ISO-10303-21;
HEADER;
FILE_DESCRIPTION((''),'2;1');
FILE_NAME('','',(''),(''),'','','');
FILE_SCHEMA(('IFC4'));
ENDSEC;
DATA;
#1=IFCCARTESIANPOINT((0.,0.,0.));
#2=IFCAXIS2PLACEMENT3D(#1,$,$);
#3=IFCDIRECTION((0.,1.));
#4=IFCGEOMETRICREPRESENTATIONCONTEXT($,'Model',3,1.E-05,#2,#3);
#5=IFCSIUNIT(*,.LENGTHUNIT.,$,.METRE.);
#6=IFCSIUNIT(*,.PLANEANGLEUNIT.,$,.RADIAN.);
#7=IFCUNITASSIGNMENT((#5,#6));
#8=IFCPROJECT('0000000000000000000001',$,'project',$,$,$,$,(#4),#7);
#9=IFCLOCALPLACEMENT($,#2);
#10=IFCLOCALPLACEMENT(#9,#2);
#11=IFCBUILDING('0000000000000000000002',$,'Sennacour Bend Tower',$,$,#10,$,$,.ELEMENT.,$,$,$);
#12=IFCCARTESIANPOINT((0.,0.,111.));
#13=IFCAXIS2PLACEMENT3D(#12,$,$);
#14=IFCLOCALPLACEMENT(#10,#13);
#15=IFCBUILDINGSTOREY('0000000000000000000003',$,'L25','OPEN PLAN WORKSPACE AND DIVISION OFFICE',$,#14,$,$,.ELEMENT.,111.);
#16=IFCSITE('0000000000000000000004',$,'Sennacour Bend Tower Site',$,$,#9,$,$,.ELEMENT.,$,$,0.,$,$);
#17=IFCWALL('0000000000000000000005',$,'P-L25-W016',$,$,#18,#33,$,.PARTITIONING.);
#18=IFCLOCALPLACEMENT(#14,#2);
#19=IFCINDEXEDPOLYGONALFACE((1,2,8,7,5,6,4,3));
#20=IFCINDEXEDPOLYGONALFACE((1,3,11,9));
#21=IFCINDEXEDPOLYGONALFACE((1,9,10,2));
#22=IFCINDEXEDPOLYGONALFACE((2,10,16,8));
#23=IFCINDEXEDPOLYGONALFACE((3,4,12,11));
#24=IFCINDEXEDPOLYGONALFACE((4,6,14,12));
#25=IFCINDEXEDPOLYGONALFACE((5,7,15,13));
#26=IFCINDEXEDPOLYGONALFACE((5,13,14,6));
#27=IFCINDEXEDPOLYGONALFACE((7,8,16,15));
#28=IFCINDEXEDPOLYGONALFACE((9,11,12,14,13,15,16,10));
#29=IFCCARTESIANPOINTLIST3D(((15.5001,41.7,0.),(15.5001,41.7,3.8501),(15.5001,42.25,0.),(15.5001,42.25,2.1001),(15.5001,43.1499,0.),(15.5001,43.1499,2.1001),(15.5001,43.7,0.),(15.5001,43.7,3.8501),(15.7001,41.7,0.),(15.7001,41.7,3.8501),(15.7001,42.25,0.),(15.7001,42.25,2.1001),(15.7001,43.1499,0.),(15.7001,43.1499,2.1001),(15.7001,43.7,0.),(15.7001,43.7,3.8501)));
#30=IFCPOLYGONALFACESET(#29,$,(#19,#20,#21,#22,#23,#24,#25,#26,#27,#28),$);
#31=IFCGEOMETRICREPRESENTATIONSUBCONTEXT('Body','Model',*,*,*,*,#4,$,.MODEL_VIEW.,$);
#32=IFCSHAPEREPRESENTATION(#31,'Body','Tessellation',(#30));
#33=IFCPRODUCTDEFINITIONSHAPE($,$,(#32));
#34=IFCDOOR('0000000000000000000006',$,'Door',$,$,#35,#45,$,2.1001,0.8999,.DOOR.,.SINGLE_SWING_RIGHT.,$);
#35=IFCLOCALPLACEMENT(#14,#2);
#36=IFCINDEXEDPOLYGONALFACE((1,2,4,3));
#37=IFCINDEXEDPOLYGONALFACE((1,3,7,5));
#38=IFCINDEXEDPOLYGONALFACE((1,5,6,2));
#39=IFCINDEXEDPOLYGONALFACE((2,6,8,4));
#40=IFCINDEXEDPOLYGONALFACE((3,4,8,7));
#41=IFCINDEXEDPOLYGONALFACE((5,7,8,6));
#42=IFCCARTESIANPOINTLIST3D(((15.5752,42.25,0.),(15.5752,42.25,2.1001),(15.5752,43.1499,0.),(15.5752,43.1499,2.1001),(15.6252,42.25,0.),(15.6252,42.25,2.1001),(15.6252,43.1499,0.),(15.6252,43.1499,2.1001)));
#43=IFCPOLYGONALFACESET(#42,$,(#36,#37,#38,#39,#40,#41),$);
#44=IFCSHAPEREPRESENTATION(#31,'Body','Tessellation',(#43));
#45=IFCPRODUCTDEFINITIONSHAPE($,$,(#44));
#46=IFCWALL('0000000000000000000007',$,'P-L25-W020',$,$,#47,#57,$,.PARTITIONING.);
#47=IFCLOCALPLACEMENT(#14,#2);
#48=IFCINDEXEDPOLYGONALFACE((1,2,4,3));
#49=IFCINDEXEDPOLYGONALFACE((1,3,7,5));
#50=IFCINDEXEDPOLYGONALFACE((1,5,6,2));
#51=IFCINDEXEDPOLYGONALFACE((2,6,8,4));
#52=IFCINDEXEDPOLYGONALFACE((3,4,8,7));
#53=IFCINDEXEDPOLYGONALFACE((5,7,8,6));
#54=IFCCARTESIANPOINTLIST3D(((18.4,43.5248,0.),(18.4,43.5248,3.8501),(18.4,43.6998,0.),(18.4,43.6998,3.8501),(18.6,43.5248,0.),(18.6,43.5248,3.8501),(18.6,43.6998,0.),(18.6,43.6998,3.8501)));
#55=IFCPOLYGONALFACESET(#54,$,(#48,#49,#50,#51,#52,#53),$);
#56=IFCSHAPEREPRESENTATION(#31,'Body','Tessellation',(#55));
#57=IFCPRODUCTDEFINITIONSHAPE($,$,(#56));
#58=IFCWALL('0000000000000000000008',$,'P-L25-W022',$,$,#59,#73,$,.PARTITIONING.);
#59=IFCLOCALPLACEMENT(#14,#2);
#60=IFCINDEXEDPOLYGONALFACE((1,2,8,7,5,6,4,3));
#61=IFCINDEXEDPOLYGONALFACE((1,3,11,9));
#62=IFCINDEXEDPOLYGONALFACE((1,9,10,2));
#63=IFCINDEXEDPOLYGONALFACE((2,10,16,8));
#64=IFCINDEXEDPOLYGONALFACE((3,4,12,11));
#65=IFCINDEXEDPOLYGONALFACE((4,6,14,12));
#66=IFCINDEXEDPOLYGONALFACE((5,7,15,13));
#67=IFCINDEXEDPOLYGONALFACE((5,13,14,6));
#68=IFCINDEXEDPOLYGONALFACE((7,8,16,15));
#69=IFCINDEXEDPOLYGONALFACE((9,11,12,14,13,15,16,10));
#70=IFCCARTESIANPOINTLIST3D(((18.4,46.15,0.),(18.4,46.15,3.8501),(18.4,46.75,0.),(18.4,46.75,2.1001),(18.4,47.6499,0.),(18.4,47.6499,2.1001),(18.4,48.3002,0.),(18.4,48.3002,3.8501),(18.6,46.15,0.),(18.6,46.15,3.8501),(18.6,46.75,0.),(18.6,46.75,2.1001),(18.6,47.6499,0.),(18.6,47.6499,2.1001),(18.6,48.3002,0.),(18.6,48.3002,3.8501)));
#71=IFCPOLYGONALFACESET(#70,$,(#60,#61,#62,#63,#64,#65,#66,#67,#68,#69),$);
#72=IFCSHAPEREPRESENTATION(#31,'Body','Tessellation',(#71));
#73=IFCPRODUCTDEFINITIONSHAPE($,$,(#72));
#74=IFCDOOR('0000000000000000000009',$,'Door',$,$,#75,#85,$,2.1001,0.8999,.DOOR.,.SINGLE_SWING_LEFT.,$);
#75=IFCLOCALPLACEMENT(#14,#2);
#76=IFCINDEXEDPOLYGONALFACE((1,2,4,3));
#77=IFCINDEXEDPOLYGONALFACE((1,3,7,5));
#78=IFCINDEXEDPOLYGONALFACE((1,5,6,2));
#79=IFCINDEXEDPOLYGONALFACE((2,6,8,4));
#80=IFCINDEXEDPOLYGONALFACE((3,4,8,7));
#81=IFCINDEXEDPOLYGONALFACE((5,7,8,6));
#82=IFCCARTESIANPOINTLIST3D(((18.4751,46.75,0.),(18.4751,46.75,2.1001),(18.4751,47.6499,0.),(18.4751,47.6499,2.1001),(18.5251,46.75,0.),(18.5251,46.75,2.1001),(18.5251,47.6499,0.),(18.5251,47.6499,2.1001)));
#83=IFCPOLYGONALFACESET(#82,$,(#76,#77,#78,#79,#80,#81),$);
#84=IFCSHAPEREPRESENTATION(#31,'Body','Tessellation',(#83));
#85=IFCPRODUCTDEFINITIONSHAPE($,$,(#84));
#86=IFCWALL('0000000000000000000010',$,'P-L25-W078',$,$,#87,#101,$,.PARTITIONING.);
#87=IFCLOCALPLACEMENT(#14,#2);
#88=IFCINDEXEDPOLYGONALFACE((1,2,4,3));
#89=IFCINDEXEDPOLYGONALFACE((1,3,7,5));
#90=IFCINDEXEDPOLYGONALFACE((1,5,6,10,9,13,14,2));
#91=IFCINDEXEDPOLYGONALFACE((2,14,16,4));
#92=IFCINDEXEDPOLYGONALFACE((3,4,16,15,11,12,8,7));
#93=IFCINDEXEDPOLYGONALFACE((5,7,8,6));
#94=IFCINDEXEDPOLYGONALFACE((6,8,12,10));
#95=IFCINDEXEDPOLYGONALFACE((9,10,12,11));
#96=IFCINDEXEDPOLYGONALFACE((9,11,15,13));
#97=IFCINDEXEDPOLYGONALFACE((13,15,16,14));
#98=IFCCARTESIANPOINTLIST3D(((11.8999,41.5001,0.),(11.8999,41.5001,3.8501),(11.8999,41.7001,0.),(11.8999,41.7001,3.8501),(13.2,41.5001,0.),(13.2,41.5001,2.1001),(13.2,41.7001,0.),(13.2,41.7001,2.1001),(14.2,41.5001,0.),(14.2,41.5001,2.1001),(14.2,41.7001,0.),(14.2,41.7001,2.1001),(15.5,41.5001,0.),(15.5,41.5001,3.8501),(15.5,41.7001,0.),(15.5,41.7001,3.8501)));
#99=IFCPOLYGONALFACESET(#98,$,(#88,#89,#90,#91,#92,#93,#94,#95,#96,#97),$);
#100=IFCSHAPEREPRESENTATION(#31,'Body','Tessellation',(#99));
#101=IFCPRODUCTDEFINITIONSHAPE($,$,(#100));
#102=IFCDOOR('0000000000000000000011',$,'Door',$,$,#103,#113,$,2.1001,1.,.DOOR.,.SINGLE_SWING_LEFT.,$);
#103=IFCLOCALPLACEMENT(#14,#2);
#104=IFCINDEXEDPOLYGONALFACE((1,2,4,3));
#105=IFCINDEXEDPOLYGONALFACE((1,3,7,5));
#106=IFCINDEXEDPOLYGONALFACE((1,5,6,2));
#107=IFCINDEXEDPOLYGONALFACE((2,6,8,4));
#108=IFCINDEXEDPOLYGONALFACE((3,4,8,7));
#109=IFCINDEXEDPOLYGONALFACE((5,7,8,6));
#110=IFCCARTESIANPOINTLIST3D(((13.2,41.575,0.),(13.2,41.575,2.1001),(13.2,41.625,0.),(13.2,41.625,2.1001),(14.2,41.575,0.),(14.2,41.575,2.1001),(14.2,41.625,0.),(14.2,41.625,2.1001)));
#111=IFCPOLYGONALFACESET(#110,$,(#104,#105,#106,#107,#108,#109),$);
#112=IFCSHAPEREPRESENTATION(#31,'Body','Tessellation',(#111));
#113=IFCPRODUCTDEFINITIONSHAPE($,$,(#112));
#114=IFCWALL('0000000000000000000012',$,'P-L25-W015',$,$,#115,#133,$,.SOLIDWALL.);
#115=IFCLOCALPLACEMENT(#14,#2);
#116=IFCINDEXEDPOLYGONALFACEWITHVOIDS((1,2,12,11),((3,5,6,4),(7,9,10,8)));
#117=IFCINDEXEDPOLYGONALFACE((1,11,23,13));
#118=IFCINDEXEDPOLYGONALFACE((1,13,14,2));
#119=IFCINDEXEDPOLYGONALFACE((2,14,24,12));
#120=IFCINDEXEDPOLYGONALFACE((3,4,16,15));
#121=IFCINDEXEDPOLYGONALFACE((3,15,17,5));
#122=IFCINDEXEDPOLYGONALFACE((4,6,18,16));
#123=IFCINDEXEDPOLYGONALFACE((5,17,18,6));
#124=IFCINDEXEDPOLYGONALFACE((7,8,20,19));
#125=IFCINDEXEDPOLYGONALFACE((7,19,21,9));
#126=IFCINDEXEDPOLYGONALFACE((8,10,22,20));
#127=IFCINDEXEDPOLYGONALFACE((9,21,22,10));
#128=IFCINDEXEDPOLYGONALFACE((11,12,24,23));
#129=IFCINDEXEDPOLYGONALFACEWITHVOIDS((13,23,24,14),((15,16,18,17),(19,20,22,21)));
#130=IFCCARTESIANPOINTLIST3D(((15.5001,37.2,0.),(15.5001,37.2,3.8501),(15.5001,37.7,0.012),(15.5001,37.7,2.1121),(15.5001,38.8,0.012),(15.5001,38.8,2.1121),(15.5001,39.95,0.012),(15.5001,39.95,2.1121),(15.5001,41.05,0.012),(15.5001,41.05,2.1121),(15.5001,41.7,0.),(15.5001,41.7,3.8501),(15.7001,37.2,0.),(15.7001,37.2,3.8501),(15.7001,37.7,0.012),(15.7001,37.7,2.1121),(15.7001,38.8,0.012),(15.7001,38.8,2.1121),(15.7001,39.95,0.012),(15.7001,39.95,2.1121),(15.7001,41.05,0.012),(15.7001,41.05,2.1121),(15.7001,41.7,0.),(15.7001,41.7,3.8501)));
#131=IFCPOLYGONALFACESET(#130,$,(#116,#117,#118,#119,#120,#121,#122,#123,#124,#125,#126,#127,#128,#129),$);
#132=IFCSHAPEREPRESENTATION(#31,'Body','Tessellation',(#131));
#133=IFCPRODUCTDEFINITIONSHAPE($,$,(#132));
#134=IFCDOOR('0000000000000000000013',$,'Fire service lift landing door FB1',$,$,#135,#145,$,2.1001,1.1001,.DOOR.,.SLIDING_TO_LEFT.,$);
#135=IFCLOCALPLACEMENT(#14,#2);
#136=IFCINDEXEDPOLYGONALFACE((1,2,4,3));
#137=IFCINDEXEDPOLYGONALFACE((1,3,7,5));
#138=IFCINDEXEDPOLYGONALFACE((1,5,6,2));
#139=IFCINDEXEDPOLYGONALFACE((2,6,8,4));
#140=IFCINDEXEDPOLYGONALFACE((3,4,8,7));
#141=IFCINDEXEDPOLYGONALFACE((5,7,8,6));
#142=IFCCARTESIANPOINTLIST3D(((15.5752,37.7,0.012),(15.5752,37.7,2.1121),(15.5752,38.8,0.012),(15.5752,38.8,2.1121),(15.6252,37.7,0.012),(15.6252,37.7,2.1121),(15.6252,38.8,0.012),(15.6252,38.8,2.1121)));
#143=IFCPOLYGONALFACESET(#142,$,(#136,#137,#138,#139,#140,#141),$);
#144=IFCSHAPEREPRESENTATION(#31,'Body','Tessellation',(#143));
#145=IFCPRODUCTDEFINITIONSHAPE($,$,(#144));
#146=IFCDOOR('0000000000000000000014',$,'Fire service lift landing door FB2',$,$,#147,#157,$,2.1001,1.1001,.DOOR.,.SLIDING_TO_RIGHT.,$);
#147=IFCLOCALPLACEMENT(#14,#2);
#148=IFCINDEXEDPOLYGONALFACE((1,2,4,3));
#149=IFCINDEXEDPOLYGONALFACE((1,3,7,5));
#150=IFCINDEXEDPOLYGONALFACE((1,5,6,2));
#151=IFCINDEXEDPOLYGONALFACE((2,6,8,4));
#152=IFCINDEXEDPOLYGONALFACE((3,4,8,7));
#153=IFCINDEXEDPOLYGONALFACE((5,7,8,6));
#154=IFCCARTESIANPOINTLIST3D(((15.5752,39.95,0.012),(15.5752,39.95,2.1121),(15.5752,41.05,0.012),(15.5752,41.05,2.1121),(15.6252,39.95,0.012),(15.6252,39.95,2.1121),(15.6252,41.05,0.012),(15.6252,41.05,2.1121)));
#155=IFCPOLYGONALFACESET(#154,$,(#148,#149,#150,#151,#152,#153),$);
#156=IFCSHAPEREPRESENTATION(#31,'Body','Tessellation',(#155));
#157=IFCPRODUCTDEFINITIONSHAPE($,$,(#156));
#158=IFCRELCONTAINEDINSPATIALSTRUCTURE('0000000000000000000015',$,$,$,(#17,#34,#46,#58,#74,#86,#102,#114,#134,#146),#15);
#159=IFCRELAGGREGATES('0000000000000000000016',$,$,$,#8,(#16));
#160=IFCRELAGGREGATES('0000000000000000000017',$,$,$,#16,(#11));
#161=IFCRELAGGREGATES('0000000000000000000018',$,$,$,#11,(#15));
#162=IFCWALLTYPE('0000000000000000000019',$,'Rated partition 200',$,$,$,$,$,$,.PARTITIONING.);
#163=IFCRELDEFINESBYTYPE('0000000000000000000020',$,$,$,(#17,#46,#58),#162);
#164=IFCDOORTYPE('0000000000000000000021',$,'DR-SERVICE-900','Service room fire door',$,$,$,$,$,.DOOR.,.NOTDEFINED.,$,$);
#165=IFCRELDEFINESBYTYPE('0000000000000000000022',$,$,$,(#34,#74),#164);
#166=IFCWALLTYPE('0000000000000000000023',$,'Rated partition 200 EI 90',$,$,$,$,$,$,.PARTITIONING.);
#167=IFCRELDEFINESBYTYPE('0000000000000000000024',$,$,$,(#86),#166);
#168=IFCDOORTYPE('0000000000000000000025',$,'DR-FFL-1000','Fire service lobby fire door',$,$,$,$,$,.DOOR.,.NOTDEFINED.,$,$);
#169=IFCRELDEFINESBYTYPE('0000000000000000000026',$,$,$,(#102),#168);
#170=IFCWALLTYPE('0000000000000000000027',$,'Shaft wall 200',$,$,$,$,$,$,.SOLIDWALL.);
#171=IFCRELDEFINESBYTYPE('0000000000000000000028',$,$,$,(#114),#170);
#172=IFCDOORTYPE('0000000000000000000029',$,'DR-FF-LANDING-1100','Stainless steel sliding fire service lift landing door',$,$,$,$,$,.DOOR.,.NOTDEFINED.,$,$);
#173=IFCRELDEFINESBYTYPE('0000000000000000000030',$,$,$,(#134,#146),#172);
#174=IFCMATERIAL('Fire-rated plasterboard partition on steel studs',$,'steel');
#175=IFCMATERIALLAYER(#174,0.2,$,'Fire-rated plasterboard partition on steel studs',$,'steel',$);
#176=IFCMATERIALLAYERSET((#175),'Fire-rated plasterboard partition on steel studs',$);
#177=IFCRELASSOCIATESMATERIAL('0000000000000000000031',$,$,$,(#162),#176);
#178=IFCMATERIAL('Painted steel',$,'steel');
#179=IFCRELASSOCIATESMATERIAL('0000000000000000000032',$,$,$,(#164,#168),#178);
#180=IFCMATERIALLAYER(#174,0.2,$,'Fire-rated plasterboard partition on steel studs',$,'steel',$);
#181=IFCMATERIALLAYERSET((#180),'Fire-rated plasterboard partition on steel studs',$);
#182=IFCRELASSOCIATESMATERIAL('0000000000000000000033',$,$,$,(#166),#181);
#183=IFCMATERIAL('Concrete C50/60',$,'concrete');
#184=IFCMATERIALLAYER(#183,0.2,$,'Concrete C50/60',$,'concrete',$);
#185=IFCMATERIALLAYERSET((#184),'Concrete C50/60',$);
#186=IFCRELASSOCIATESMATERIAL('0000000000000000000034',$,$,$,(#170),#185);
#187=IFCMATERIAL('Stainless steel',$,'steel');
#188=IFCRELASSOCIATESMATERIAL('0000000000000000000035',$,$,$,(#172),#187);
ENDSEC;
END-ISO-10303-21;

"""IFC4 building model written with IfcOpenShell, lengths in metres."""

from ifc_helpers import new_model, si_unit, direction, frame, frame_2d, origin, place, context, subcontext, project, spatial, rectangle, extrude, material, layer, layer_set, type_object, element, fill, save


model = new_model("IFC4")

# Units and contexts
model_context = context("Model", 3, precision=1e-05, world=origin(), true_north=direction((0.0, 1.0)))
body_context = subcontext(model_context, "Body", "Model", "MODEL_VIEW")
ifc_project = project(units=[si_unit("LENGTHUNIT", "METRE"), si_unit("PLANEANGLEUNIT", "RADIAN")], contexts=[model_context])

# Site, building, storey
site_placement = place(None, origin())
site = spatial("IfcSite", under=ifc_project, at=site_placement, Name="Sennacour Bend Tower Site", CompositionType="ELEMENT", RefElevation=0.0)
building_placement = place(site_placement, origin())
building = spatial("IfcBuilding", under=site, at=building_placement, Name="Sennacour Bend Tower", CompositionType="ELEMENT")
storey_placement = place(building_placement, frame((0.0, 0.0, 111.0)))
storey = spatial("IfcBuildingStorey", under=building, at=storey_placement, Name="L25", Description="OPEN PLAN WORKSPACE AND DIVISION OFFICE", CompositionType="ELEMENT", Elevation=111.0)

# Wall, opening, door
ifc_material_1 = material(Name="Fire-rated plasterboard partition on steel studs", Category="steel")
ifc_layer_1 = layer(ifc_material_1, 0.2, Name="Fire-rated plasterboard partition on steel studs", Category="steel")
ifc_layer_set_1 = layer_set([ifc_layer_1], Name="Fire-rated plasterboard partition on steel studs")
wall_type_1 = type_object("IfcWallType", Name="Rated partition 200", PredefinedType="PARTITIONING", material=ifc_layer_set_1)
wall_1_placement = place(storey_placement, frame((15.6001, 41.7, 0.0), z_axis=(0.0, 0.0, 1.0), x_axis=(0.0, 1.0, 0.0)))
wall_1 = element("IfcWall", 1, at=wall_1_placement, inside=storey, type_object=wall_type_1, Name="P-L25-W016", PredefinedType="PARTITIONING", context=body_context, shape_type="SweptSolid", body=[
    extrude(rectangle(XDim=2.0, YDim=0.2, at=frame_2d((1.0, 0.0))), origin(), (0.0, 0.0, 1.0), 3.8501),
])
opening_1_placement = place(wall_1_placement, frame((0.55, 0.0, 0.0)))
opening_1 = element("IfcOpeningElement", 2, at=opening_1_placement, cuts=wall_1, PredefinedType="OPENING", context=body_context, shape_type="SweptSolid", body=[
    extrude(rectangle(XDim=0.8999, YDim=2.1001, at=frame_2d((0.45, 1.05))), frame((0.0, 0.1099, 0.0), z_axis=(0.0, -1.0, 0.0), x_axis=(1.0, 0.0, 0.0)), (0.0, 0.0, 1.0), 0.22),
])
ifc_material_2 = material(Name="Painted steel", Category="steel")
door_type_1 = type_object("IfcDoorType", Name="DR-SERVICE-900", Description="Service room fire door", OperationType="NOTDEFINED", PredefinedType="DOOR", material=ifc_material_2)
door_1_placement = place(opening_1_placement, origin())
door_1 = element("IfcDoor", 3, at=door_1_placement, inside=storey, type_object=door_type_1, Name="Door", OperationType="SINGLE_SWING_RIGHT", OverallHeight=2.1001, OverallWidth=0.8999, PredefinedType="DOOR", context=body_context, shape_type="SweptSolid", body=[
    extrude(rectangle(XDim=0.8999, YDim=2.1001, at=frame_2d((0.45, 1.05))), frame((0.0, 0.0249, 0.0), z_axis=(0.0, -1.0, 0.0), x_axis=(1.0, 0.0, 0.0)), (0.0, 0.0, 1.0), 0.05),
])
fill(opening_1, door_1)

# Wall
wall_2_placement = place(storey_placement, frame((18.5, 43.5249, 0.0), z_axis=(0.0, 0.0, 1.0), x_axis=(0.0, 1.0, 0.0)))
element("IfcWall", 4, at=wall_2_placement, inside=storey, type_object=wall_type_1, Name="P-L25-W020", PredefinedType="PARTITIONING", context=body_context, shape_type="SweptSolid", body=[
    extrude(rectangle(XDim=0.175, YDim=0.2, at=frame_2d((0.0874, 0.0))), origin(), (0.0, 0.0, 1.0), 3.8501),
])

# Walls, openings, doors
wall_3_placement = place(storey_placement, frame((18.5, 46.1499, 0.0), z_axis=(0.0, 0.0, 1.0), x_axis=(0.0, 1.0, 0.0)))
wall_3 = element("IfcWall", 5, at=wall_3_placement, inside=storey, type_object=wall_type_1, Name="P-L25-W022", PredefinedType="PARTITIONING", context=body_context, shape_type="SweptSolid", body=[
    extrude(rectangle(XDim=2.1501, YDim=0.2, at=frame_2d((1.0752, 0.0))), origin(), (0.0, 0.0, 1.0), 3.8501),
])
opening_2_placement = place(wall_3_placement, frame((0.6001, 0.0, 0.0)))
opening_2 = element("IfcOpeningElement", 6, at=opening_2_placement, cuts=wall_3, PredefinedType="OPENING", context=body_context, shape_type="SweptSolid", body=[
    extrude(rectangle(XDim=0.8999, YDim=2.1001, at=frame_2d((0.45, 1.05))), frame((0.0, 0.1099, 0.0), z_axis=(0.0, -1.0, 0.0), x_axis=(1.0, 0.0, 0.0)), (0.0, 0.0, 1.0), 0.22),
])
door_2_placement = place(opening_2_placement, origin())
door_2 = element("IfcDoor", 7, at=door_2_placement, inside=storey, type_object=door_type_1, Name="Door", OperationType="SINGLE_SWING_LEFT", OverallHeight=2.1001, OverallWidth=0.8999, PredefinedType="DOOR", context=body_context, shape_type="SweptSolid", body=[
    extrude(rectangle(XDim=0.8999, YDim=2.1001, at=frame_2d((0.45, 1.05))), frame((0.0, 0.0249, 0.0), z_axis=(0.0, -1.0, 0.0), x_axis=(1.0, 0.0, 0.0)), (0.0, 0.0, 1.0), 0.05),
])
fill(opening_2, door_2)
ifc_layer_2 = layer(ifc_material_1, 0.2, Name="Fire-rated plasterboard partition on steel studs", Category="steel")
ifc_layer_set_2 = layer_set([ifc_layer_2], Name="Fire-rated plasterboard partition on steel studs")
wall_type_2 = type_object("IfcWallType", Name="Rated partition 200 EI 90", PredefinedType="PARTITIONING", material=ifc_layer_set_2)
wall_4_placement = place(storey_placement, frame((11.8999, 41.6001, 0.0), z_axis=(0.0, 0.0, 1.0), x_axis=(1.0, 0.0, 0.0)))
wall_4 = element("IfcWall", 8, at=wall_4_placement, inside=storey, type_object=wall_type_2, Name="P-L25-W078", PredefinedType="PARTITIONING", context=body_context, shape_type="SweptSolid", body=[
    extrude(rectangle(XDim=3.6001, YDim=0.2, at=frame_2d((1.8, 0.0))), origin(), (0.0, 0.0, 1.0), 3.8501),
])
opening_3_placement = place(wall_4_placement, frame((1.3, 0.0, 0.0)))
opening_3 = element("IfcOpeningElement", 9, at=opening_3_placement, cuts=wall_4, PredefinedType="OPENING", context=body_context, shape_type="SweptSolid", body=[
    extrude(rectangle(XDim=1.0, YDim=2.1001, at=frame_2d((0.5, 1.05))), frame((0.0, 0.1099, 0.0), z_axis=(0.0, -1.0, 0.0), x_axis=(1.0, 0.0, 0.0)), (0.0, 0.0, 1.0), 0.22),
])
door_type_2 = type_object("IfcDoorType", Name="DR-FFL-1000", Description="Fire service lobby fire door", OperationType="NOTDEFINED", PredefinedType="DOOR", material=ifc_material_2)
door_3_placement = place(opening_3_placement, origin())
door_3 = element("IfcDoor", 10, at=door_3_placement, inside=storey, type_object=door_type_2, Name="Door", OperationType="SINGLE_SWING_LEFT", OverallHeight=2.1001, OverallWidth=1.0, PredefinedType="DOOR", context=body_context, shape_type="SweptSolid", body=[
    extrude(rectangle(XDim=1.0, YDim=2.1001, at=frame_2d((0.5, 1.05))), frame((0.0, 0.0249, 0.0), z_axis=(0.0, -1.0, 0.0), x_axis=(1.0, 0.0, 0.0)), (0.0, 0.0, 1.0), 0.05),
])
fill(opening_3, door_3)

# Wall, openings, doors
ifc_material_3 = material(Name="Concrete C50/60", Category="concrete")
ifc_layer_3 = layer(ifc_material_3, 0.2, Name="Concrete C50/60", Category="concrete")
ifc_layer_set_3 = layer_set([ifc_layer_3], Name="Concrete C50/60")
wall_type_3 = type_object("IfcWallType", Name="Shaft wall 200", PredefinedType="SOLIDWALL", material=ifc_layer_set_3)
wall_5_placement = place(storey_placement, frame((15.6001, 37.2, 0.0), z_axis=(0.0, 0.0, 1.0), x_axis=(0.0, 1.0, 0.0)))
wall_5 = element("IfcWall", 11, at=wall_5_placement, inside=storey, type_object=wall_type_3, Name="P-L25-W015", PredefinedType="SOLIDWALL", context=body_context, shape_type="SweptSolid", body=[
    extrude(rectangle(XDim=4.5, YDim=0.2, at=frame_2d((2.25, 0.0))), origin(), (0.0, 0.0, 1.0), 3.8501),
])
opening_4_placement = place(wall_5_placement, frame((0.5, 0.0, 0.012)))
opening_4 = element("IfcOpeningElement", 12, at=opening_4_placement, cuts=wall_5, PredefinedType="OPENING", context=body_context, shape_type="SweptSolid", body=[
    extrude(rectangle(XDim=1.1001, YDim=2.1001, at=frame_2d((0.55, 1.05))), frame((0.0, 0.1099, 0.0), z_axis=(0.0, -1.0, 0.0), x_axis=(1.0, 0.0, 0.0)), (0.0, 0.0, 1.0), 0.22),
])
opening_5_placement = place(wall_5_placement, frame((2.75, 0.0, 0.012)))
opening_5 = element("IfcOpeningElement", 13, at=opening_5_placement, cuts=wall_5, PredefinedType="OPENING", context=body_context, shape_type="SweptSolid", body=[
    extrude(rectangle(XDim=1.1001, YDim=2.1001, at=frame_2d((0.55, 1.05))), frame((0.0, 0.1099, 0.0), z_axis=(0.0, -1.0, 0.0), x_axis=(1.0, 0.0, 0.0)), (0.0, 0.0, 1.0), 0.22),
])
ifc_material_4 = material(Name="Stainless steel", Category="steel")
door_type_3 = type_object("IfcDoorType", Name="DR-FF-LANDING-1100", Description="Stainless steel sliding fire service lift landing door", OperationType="NOTDEFINED", PredefinedType="DOOR", material=ifc_material_4)
door_4_placement = place(opening_4_placement, origin())
door_4 = element("IfcDoor", 14, at=door_4_placement, inside=storey, type_object=door_type_3, Name="Fire service lift landing door FB1", OperationType="SLIDING_TO_LEFT", OverallHeight=2.1001, OverallWidth=1.1001, PredefinedType="DOOR", context=body_context, shape_type="SweptSolid", body=[
    extrude(rectangle(XDim=1.1001, YDim=2.1001, at=frame_2d((0.55, 1.05))), frame((0.0, 0.0249, 0.0), z_axis=(0.0, -1.0, 0.0), x_axis=(1.0, 0.0, 0.0)), (0.0, 0.0, 1.0), 0.05),
])
fill(opening_4, door_4)
door_5_placement = place(opening_5_placement, origin())
door_5 = element("IfcDoor", 15, at=door_5_placement, inside=storey, type_object=door_type_3, Name="Fire service lift landing door FB2", OperationType="SLIDING_TO_RIGHT", OverallHeight=2.1001, OverallWidth=1.1001, PredefinedType="DOOR", context=body_context, shape_type="SweptSolid", body=[
    extrude(rectangle(XDim=1.1001, YDim=2.1001, at=frame_2d((0.55, 1.05))), frame((0.0, 0.0249, 0.0), z_axis=(0.0, -1.0, 0.0), x_axis=(1.0, 0.0, 0.0)), (0.0, 0.0, 1.0), 0.05),
])
fill(opening_5, door_5)

save(model, "model.ifc")
